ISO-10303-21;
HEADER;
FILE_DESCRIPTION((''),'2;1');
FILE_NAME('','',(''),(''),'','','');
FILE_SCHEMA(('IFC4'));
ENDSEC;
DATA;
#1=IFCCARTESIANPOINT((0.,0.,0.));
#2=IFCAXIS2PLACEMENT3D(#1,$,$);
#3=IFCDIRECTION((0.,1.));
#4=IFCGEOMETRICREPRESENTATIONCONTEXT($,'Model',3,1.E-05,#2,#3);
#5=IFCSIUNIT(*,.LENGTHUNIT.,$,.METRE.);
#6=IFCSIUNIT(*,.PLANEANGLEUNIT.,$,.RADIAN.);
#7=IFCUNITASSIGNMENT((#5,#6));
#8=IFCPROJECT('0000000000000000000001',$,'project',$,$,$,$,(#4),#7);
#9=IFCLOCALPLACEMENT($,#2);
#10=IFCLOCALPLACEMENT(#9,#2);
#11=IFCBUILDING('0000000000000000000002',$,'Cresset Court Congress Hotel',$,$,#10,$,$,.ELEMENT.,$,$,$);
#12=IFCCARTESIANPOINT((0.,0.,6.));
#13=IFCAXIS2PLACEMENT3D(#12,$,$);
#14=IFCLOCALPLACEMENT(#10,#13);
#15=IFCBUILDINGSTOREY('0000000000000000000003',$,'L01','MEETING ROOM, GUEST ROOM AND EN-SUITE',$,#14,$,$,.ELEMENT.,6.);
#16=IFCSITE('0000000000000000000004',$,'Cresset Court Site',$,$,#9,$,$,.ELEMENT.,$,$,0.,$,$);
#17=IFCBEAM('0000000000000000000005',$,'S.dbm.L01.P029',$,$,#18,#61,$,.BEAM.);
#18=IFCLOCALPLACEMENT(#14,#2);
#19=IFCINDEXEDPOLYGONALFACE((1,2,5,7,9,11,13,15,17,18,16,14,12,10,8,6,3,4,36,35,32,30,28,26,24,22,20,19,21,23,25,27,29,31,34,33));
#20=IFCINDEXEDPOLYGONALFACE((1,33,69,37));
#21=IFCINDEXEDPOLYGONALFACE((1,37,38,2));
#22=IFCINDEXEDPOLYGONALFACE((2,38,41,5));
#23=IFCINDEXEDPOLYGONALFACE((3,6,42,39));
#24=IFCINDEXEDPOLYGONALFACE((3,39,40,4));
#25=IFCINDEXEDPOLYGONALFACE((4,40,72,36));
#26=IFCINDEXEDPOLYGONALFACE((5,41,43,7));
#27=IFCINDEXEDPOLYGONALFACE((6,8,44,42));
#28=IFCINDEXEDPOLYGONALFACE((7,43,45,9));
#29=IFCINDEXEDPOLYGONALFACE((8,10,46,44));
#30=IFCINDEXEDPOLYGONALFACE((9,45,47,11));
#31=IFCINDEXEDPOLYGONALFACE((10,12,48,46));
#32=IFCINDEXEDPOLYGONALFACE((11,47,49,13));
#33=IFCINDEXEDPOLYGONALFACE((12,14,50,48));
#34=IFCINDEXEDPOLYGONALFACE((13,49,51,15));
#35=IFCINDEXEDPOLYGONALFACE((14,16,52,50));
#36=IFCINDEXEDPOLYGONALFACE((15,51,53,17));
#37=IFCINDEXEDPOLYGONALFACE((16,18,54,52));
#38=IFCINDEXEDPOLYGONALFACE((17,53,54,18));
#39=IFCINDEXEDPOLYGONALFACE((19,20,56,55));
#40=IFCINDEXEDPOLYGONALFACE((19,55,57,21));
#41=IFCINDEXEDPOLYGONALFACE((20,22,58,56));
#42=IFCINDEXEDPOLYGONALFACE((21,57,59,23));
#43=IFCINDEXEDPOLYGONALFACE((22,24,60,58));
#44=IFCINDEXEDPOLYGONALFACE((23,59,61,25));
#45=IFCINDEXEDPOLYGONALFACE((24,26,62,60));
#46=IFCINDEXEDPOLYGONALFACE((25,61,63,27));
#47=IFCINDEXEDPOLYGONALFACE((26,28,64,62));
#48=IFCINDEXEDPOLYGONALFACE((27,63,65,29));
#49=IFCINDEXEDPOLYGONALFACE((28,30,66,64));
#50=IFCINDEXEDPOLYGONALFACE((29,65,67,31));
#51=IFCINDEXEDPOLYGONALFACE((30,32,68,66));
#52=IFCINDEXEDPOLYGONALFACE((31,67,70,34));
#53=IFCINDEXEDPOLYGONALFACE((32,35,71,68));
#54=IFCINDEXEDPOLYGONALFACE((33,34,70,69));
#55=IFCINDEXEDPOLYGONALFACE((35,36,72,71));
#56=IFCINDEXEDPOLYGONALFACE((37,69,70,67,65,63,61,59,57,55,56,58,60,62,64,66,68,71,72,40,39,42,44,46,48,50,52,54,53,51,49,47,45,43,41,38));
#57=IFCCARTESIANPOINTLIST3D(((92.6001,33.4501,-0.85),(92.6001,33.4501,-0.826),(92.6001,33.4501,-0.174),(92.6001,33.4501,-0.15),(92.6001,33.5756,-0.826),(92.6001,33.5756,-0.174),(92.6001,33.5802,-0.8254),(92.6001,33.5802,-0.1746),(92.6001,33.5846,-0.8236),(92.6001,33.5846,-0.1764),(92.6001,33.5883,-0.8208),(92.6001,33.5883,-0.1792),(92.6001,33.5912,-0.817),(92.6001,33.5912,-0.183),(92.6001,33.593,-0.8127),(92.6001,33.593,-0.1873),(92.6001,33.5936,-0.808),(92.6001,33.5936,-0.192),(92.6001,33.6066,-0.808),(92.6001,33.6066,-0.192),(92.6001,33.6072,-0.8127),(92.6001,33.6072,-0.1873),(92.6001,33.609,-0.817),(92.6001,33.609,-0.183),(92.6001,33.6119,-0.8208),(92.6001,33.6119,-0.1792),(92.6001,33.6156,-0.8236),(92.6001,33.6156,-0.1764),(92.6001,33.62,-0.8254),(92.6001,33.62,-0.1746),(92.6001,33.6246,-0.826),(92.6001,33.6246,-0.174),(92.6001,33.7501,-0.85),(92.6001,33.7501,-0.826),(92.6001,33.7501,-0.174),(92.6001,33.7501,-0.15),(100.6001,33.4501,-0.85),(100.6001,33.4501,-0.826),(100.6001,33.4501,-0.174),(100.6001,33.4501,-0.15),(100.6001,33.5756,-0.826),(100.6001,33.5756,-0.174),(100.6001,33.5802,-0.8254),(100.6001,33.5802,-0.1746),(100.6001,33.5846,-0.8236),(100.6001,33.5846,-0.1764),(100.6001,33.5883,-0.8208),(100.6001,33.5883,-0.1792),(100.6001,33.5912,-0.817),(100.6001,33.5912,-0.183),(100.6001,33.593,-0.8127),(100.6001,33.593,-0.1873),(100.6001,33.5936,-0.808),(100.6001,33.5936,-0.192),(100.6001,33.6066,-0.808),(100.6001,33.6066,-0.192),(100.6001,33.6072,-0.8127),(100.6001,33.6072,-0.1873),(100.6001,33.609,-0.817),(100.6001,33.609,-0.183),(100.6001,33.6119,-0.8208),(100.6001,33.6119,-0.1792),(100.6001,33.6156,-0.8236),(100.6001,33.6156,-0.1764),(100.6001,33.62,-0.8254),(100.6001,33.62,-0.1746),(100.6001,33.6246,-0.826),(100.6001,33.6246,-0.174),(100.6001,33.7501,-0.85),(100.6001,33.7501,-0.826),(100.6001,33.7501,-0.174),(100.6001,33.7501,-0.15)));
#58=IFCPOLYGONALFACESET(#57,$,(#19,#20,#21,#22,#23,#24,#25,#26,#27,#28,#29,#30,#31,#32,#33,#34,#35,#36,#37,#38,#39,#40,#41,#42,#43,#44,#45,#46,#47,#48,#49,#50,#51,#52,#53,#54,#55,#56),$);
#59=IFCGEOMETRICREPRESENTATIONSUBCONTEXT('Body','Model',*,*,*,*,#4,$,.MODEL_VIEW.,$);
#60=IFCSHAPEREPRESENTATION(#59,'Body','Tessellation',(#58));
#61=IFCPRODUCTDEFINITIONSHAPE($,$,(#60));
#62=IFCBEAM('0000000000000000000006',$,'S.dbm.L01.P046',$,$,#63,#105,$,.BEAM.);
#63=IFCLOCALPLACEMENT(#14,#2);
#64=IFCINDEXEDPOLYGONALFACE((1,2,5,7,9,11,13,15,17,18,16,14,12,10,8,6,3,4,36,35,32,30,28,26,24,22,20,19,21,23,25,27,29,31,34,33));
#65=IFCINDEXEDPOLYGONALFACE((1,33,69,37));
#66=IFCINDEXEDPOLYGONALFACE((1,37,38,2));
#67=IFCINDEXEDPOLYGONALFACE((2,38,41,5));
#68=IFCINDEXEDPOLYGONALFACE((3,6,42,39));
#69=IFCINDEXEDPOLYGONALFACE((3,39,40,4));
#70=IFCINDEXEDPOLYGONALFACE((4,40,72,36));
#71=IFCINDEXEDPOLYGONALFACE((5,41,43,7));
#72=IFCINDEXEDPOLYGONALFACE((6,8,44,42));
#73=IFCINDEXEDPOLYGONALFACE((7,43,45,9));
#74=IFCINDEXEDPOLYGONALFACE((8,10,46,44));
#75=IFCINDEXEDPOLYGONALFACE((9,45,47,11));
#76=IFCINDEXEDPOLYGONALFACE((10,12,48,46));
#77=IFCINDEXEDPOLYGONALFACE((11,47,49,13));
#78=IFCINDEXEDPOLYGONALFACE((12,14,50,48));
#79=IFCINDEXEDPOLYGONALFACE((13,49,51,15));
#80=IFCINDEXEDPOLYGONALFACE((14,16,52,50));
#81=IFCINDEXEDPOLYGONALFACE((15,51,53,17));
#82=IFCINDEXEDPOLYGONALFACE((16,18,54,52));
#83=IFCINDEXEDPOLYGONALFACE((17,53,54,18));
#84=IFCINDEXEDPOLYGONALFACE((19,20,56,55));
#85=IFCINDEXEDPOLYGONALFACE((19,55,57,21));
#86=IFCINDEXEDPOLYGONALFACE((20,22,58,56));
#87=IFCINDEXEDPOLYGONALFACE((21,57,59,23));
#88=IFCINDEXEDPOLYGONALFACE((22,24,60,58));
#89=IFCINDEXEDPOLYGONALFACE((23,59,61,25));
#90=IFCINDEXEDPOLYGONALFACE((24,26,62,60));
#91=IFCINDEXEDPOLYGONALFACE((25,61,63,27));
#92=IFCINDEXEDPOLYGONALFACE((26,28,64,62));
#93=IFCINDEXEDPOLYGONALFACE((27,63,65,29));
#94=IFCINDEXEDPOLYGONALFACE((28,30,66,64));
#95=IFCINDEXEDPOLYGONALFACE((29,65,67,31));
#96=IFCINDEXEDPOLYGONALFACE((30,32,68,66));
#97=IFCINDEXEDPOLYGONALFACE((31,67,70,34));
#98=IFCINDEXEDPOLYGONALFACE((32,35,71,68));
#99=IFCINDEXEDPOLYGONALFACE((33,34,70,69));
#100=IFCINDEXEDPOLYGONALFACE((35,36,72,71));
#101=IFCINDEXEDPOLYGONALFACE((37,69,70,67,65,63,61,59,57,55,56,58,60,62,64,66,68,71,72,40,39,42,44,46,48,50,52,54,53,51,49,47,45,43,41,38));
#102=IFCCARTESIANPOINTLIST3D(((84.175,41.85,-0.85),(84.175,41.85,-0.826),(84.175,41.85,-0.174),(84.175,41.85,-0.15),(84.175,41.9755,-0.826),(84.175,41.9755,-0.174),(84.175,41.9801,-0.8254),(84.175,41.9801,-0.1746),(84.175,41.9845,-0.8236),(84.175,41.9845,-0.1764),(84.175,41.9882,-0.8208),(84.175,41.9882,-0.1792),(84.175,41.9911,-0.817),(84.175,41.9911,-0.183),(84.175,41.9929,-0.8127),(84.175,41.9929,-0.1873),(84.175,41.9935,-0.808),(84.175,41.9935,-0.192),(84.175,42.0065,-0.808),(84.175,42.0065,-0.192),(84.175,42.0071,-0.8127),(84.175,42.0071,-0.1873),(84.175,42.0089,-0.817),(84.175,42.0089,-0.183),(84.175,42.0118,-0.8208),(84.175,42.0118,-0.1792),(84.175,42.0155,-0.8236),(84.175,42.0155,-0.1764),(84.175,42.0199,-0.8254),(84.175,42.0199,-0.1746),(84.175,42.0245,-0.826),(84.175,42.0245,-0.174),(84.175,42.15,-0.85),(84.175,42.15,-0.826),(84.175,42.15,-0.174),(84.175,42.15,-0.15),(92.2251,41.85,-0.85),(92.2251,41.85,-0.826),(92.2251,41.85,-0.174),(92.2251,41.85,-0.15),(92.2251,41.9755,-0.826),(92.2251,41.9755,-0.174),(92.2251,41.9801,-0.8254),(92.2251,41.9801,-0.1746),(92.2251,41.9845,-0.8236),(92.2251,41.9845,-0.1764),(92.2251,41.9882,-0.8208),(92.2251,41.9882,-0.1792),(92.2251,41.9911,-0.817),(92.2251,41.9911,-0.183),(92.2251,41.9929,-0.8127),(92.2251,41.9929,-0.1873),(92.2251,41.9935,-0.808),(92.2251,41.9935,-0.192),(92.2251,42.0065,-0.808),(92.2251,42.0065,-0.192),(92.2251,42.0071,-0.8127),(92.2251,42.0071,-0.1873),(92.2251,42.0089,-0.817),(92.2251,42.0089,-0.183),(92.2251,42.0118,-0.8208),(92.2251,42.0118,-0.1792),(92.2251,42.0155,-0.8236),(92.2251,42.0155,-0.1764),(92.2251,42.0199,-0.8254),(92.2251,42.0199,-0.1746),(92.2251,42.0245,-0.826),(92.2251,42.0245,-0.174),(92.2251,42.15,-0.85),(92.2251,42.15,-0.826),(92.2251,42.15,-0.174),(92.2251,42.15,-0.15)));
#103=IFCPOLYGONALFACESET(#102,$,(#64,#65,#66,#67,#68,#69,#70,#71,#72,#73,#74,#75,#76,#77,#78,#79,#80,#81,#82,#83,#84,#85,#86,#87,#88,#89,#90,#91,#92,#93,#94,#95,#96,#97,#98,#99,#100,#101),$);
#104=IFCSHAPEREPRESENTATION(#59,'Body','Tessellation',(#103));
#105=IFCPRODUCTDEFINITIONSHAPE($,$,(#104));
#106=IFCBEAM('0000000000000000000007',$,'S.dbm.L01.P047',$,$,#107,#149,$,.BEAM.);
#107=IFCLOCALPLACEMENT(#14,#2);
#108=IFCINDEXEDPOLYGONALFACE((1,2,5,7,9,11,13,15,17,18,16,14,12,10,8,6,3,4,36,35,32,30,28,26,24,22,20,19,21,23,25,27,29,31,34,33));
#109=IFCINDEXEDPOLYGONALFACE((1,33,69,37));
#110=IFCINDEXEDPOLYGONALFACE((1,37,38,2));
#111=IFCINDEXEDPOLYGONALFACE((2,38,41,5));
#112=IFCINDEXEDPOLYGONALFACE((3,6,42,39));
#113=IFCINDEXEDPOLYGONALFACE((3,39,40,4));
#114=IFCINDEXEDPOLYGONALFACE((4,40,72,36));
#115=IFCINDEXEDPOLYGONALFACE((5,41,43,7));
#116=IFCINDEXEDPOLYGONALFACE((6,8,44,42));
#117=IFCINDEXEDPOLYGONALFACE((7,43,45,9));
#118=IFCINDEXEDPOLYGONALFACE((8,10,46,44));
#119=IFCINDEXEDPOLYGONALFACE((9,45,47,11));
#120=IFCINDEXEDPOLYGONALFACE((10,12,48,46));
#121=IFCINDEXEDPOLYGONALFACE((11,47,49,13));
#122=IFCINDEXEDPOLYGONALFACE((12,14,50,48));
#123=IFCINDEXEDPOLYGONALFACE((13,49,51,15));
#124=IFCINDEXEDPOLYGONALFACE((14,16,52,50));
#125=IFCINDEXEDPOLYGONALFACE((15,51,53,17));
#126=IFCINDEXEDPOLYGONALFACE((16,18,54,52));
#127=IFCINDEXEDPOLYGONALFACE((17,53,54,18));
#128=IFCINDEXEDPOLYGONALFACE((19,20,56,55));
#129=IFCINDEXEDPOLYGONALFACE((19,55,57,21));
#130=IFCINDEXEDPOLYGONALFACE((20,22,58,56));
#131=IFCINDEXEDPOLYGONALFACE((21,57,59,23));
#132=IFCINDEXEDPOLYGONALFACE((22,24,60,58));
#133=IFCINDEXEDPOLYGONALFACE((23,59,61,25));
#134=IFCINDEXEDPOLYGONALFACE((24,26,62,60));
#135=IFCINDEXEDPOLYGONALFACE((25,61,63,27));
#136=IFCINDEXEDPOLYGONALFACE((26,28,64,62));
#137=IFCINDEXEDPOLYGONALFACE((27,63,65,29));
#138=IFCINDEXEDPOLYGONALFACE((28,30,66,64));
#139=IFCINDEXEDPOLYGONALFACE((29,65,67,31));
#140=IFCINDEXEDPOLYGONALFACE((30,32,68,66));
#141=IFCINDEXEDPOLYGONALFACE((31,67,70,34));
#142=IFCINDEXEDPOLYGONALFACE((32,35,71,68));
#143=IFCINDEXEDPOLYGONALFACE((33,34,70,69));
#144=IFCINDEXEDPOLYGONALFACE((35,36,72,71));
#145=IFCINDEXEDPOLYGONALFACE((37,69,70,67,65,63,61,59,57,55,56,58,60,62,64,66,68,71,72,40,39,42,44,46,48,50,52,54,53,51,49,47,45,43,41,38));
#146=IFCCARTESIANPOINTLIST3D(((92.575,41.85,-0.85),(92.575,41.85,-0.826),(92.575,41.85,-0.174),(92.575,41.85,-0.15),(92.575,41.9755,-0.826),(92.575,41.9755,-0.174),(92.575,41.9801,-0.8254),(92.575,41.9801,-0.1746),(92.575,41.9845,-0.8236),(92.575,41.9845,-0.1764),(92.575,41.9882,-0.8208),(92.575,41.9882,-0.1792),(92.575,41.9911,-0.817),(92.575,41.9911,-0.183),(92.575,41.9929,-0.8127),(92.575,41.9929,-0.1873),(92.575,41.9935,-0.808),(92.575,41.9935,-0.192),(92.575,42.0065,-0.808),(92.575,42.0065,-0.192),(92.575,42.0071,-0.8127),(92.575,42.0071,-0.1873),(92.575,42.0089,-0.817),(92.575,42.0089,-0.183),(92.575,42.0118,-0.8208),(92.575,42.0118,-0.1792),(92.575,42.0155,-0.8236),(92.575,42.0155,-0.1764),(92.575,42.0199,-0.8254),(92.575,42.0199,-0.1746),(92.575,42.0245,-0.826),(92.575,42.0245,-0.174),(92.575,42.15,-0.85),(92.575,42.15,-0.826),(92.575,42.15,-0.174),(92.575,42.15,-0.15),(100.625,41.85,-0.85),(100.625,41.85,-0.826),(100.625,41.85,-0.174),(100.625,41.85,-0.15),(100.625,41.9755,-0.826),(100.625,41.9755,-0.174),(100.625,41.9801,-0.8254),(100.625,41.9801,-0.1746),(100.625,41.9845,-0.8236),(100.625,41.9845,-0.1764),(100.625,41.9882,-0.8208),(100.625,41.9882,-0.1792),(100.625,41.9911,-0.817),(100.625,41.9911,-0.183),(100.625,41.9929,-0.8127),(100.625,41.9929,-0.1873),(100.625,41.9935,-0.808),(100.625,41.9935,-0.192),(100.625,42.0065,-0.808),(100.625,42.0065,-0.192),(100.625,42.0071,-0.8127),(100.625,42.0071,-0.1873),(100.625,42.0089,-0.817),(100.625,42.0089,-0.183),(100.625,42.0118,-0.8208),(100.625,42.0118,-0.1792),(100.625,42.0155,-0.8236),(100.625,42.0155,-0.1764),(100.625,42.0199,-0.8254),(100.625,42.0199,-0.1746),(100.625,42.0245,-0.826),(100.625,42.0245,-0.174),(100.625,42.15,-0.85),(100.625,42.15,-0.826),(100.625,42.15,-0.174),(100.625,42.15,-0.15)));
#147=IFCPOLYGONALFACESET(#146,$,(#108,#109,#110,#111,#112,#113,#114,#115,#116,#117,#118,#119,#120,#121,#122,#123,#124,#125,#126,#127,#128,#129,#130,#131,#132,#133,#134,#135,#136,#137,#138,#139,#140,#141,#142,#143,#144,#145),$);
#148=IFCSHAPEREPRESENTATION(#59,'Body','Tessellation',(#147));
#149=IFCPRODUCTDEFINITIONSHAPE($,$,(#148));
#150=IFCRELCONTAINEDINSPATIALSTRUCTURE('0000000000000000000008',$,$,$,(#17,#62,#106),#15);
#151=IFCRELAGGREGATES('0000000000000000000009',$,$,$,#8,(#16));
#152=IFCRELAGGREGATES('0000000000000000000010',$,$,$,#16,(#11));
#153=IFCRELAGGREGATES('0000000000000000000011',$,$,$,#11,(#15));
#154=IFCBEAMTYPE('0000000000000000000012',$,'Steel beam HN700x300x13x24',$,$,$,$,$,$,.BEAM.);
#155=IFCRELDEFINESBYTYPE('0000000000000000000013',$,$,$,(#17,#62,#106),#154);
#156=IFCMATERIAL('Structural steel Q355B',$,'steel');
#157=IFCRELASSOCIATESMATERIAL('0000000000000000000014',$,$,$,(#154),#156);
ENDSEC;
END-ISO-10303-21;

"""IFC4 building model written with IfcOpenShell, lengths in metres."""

from ifc_helpers import new_model, si_unit, direction, frame, origin, origin_2d, place, context, subcontext, project, spatial, i_section, extrude, material, material_profile, profile_set, type_object, element, save


model = new_model("IFC4")

# Units and contexts
model_context = context("Model", 3, precision=1e-05, world=origin(), true_north=direction((0.0, 1.0)))
body_context = subcontext(model_context, "Body", "Model", "MODEL_VIEW")
ifc_project = project(units=[si_unit("LENGTHUNIT", "METRE"), si_unit("PLANEANGLEUNIT", "RADIAN")], contexts=[model_context])

# Site, building, storey
site_placement = place(None, origin())
site = spatial("IfcSite", under=ifc_project, at=site_placement, Name="Cresset Court Site", CompositionType="ELEMENT", RefElevation=0.0)
building_placement = place(site_placement, origin())
building = spatial("IfcBuilding", under=site, at=building_placement, Name="Cresset Court Congress Hotel", CompositionType="ELEMENT")
storey_placement = place(building_placement, frame((0.0, 0.0, 6.0)))
storey = spatial("IfcBuildingStorey", under=building, at=storey_placement, Name="L01", Description="MEETING ROOM, GUEST ROOM AND EN-SUITE", CompositionType="ELEMENT", Elevation=6.0)

# Beams
ifc_material_1 = material(Name="Structural steel Q355B", Category="steel")
ifc_material_profile_1 = material_profile(ifc_material_1, i_section(OverallWidth=0.3, OverallDepth=0.7, WebThickness=0.0129, FlangeThickness=0.0239, FilletRadius=0.0181, at=origin_2d()), Name="HN700x300x13x24")
ifc_profile_set_1 = profile_set([ifc_material_profile_1], Name="Structural steel Q355B")
beam_type_1 = type_object("IfcBeamType", Name="Steel beam HN700x300x13x24", PredefinedType="BEAM", material=ifc_profile_set_1)
for number, where, z_axis, x_axis, name in (
    (1, (92.6001, 33.6001, -0.5), (1.0, 0.0, 0.0), (0.0, 1.0, 0.0), "S.dbm.L01.P029"),
):
    element("IfcBeam", number, at=place(storey_placement, frame(where, z_axis=z_axis, x_axis=x_axis)), inside=storey, type_object=beam_type_1, Name=name, PredefinedType="BEAM", context=body_context, shape_type="SweptSolid", body=[
        extrude(i_section(OverallWidth=0.3, OverallDepth=0.7, WebThickness=0.0129, FlangeThickness=0.0239, FilletRadius=0.0181, at=origin_2d()), origin(), (0.0, 0.0, 1.0), 8.0),
    ])
for number, where, z_axis, x_axis, name in (
    (2, (84.175, 42.0, -0.5), (1.0, 0.0, 0.0), (0.0, 1.0, 0.0), "S.dbm.L01.P046"),
    (3, (92.575, 42.0, -0.5), (1.0, 0.0, 0.0), (0.0, 1.0, 0.0), "S.dbm.L01.P047"),
):
    element("IfcBeam", number, at=place(storey_placement, frame(where, z_axis=z_axis, x_axis=x_axis)), inside=storey, type_object=beam_type_1, Name=name, PredefinedType="BEAM", context=body_context, shape_type="SweptSolid", body=[
        extrude(i_section(OverallWidth=0.3, OverallDepth=0.7, WebThickness=0.0129, FlangeThickness=0.0239, FilletRadius=0.0181, at=origin_2d()), origin(), (0.0, 0.0, 1.0), 8.05),
    ])

save(model, "model.ifc")
